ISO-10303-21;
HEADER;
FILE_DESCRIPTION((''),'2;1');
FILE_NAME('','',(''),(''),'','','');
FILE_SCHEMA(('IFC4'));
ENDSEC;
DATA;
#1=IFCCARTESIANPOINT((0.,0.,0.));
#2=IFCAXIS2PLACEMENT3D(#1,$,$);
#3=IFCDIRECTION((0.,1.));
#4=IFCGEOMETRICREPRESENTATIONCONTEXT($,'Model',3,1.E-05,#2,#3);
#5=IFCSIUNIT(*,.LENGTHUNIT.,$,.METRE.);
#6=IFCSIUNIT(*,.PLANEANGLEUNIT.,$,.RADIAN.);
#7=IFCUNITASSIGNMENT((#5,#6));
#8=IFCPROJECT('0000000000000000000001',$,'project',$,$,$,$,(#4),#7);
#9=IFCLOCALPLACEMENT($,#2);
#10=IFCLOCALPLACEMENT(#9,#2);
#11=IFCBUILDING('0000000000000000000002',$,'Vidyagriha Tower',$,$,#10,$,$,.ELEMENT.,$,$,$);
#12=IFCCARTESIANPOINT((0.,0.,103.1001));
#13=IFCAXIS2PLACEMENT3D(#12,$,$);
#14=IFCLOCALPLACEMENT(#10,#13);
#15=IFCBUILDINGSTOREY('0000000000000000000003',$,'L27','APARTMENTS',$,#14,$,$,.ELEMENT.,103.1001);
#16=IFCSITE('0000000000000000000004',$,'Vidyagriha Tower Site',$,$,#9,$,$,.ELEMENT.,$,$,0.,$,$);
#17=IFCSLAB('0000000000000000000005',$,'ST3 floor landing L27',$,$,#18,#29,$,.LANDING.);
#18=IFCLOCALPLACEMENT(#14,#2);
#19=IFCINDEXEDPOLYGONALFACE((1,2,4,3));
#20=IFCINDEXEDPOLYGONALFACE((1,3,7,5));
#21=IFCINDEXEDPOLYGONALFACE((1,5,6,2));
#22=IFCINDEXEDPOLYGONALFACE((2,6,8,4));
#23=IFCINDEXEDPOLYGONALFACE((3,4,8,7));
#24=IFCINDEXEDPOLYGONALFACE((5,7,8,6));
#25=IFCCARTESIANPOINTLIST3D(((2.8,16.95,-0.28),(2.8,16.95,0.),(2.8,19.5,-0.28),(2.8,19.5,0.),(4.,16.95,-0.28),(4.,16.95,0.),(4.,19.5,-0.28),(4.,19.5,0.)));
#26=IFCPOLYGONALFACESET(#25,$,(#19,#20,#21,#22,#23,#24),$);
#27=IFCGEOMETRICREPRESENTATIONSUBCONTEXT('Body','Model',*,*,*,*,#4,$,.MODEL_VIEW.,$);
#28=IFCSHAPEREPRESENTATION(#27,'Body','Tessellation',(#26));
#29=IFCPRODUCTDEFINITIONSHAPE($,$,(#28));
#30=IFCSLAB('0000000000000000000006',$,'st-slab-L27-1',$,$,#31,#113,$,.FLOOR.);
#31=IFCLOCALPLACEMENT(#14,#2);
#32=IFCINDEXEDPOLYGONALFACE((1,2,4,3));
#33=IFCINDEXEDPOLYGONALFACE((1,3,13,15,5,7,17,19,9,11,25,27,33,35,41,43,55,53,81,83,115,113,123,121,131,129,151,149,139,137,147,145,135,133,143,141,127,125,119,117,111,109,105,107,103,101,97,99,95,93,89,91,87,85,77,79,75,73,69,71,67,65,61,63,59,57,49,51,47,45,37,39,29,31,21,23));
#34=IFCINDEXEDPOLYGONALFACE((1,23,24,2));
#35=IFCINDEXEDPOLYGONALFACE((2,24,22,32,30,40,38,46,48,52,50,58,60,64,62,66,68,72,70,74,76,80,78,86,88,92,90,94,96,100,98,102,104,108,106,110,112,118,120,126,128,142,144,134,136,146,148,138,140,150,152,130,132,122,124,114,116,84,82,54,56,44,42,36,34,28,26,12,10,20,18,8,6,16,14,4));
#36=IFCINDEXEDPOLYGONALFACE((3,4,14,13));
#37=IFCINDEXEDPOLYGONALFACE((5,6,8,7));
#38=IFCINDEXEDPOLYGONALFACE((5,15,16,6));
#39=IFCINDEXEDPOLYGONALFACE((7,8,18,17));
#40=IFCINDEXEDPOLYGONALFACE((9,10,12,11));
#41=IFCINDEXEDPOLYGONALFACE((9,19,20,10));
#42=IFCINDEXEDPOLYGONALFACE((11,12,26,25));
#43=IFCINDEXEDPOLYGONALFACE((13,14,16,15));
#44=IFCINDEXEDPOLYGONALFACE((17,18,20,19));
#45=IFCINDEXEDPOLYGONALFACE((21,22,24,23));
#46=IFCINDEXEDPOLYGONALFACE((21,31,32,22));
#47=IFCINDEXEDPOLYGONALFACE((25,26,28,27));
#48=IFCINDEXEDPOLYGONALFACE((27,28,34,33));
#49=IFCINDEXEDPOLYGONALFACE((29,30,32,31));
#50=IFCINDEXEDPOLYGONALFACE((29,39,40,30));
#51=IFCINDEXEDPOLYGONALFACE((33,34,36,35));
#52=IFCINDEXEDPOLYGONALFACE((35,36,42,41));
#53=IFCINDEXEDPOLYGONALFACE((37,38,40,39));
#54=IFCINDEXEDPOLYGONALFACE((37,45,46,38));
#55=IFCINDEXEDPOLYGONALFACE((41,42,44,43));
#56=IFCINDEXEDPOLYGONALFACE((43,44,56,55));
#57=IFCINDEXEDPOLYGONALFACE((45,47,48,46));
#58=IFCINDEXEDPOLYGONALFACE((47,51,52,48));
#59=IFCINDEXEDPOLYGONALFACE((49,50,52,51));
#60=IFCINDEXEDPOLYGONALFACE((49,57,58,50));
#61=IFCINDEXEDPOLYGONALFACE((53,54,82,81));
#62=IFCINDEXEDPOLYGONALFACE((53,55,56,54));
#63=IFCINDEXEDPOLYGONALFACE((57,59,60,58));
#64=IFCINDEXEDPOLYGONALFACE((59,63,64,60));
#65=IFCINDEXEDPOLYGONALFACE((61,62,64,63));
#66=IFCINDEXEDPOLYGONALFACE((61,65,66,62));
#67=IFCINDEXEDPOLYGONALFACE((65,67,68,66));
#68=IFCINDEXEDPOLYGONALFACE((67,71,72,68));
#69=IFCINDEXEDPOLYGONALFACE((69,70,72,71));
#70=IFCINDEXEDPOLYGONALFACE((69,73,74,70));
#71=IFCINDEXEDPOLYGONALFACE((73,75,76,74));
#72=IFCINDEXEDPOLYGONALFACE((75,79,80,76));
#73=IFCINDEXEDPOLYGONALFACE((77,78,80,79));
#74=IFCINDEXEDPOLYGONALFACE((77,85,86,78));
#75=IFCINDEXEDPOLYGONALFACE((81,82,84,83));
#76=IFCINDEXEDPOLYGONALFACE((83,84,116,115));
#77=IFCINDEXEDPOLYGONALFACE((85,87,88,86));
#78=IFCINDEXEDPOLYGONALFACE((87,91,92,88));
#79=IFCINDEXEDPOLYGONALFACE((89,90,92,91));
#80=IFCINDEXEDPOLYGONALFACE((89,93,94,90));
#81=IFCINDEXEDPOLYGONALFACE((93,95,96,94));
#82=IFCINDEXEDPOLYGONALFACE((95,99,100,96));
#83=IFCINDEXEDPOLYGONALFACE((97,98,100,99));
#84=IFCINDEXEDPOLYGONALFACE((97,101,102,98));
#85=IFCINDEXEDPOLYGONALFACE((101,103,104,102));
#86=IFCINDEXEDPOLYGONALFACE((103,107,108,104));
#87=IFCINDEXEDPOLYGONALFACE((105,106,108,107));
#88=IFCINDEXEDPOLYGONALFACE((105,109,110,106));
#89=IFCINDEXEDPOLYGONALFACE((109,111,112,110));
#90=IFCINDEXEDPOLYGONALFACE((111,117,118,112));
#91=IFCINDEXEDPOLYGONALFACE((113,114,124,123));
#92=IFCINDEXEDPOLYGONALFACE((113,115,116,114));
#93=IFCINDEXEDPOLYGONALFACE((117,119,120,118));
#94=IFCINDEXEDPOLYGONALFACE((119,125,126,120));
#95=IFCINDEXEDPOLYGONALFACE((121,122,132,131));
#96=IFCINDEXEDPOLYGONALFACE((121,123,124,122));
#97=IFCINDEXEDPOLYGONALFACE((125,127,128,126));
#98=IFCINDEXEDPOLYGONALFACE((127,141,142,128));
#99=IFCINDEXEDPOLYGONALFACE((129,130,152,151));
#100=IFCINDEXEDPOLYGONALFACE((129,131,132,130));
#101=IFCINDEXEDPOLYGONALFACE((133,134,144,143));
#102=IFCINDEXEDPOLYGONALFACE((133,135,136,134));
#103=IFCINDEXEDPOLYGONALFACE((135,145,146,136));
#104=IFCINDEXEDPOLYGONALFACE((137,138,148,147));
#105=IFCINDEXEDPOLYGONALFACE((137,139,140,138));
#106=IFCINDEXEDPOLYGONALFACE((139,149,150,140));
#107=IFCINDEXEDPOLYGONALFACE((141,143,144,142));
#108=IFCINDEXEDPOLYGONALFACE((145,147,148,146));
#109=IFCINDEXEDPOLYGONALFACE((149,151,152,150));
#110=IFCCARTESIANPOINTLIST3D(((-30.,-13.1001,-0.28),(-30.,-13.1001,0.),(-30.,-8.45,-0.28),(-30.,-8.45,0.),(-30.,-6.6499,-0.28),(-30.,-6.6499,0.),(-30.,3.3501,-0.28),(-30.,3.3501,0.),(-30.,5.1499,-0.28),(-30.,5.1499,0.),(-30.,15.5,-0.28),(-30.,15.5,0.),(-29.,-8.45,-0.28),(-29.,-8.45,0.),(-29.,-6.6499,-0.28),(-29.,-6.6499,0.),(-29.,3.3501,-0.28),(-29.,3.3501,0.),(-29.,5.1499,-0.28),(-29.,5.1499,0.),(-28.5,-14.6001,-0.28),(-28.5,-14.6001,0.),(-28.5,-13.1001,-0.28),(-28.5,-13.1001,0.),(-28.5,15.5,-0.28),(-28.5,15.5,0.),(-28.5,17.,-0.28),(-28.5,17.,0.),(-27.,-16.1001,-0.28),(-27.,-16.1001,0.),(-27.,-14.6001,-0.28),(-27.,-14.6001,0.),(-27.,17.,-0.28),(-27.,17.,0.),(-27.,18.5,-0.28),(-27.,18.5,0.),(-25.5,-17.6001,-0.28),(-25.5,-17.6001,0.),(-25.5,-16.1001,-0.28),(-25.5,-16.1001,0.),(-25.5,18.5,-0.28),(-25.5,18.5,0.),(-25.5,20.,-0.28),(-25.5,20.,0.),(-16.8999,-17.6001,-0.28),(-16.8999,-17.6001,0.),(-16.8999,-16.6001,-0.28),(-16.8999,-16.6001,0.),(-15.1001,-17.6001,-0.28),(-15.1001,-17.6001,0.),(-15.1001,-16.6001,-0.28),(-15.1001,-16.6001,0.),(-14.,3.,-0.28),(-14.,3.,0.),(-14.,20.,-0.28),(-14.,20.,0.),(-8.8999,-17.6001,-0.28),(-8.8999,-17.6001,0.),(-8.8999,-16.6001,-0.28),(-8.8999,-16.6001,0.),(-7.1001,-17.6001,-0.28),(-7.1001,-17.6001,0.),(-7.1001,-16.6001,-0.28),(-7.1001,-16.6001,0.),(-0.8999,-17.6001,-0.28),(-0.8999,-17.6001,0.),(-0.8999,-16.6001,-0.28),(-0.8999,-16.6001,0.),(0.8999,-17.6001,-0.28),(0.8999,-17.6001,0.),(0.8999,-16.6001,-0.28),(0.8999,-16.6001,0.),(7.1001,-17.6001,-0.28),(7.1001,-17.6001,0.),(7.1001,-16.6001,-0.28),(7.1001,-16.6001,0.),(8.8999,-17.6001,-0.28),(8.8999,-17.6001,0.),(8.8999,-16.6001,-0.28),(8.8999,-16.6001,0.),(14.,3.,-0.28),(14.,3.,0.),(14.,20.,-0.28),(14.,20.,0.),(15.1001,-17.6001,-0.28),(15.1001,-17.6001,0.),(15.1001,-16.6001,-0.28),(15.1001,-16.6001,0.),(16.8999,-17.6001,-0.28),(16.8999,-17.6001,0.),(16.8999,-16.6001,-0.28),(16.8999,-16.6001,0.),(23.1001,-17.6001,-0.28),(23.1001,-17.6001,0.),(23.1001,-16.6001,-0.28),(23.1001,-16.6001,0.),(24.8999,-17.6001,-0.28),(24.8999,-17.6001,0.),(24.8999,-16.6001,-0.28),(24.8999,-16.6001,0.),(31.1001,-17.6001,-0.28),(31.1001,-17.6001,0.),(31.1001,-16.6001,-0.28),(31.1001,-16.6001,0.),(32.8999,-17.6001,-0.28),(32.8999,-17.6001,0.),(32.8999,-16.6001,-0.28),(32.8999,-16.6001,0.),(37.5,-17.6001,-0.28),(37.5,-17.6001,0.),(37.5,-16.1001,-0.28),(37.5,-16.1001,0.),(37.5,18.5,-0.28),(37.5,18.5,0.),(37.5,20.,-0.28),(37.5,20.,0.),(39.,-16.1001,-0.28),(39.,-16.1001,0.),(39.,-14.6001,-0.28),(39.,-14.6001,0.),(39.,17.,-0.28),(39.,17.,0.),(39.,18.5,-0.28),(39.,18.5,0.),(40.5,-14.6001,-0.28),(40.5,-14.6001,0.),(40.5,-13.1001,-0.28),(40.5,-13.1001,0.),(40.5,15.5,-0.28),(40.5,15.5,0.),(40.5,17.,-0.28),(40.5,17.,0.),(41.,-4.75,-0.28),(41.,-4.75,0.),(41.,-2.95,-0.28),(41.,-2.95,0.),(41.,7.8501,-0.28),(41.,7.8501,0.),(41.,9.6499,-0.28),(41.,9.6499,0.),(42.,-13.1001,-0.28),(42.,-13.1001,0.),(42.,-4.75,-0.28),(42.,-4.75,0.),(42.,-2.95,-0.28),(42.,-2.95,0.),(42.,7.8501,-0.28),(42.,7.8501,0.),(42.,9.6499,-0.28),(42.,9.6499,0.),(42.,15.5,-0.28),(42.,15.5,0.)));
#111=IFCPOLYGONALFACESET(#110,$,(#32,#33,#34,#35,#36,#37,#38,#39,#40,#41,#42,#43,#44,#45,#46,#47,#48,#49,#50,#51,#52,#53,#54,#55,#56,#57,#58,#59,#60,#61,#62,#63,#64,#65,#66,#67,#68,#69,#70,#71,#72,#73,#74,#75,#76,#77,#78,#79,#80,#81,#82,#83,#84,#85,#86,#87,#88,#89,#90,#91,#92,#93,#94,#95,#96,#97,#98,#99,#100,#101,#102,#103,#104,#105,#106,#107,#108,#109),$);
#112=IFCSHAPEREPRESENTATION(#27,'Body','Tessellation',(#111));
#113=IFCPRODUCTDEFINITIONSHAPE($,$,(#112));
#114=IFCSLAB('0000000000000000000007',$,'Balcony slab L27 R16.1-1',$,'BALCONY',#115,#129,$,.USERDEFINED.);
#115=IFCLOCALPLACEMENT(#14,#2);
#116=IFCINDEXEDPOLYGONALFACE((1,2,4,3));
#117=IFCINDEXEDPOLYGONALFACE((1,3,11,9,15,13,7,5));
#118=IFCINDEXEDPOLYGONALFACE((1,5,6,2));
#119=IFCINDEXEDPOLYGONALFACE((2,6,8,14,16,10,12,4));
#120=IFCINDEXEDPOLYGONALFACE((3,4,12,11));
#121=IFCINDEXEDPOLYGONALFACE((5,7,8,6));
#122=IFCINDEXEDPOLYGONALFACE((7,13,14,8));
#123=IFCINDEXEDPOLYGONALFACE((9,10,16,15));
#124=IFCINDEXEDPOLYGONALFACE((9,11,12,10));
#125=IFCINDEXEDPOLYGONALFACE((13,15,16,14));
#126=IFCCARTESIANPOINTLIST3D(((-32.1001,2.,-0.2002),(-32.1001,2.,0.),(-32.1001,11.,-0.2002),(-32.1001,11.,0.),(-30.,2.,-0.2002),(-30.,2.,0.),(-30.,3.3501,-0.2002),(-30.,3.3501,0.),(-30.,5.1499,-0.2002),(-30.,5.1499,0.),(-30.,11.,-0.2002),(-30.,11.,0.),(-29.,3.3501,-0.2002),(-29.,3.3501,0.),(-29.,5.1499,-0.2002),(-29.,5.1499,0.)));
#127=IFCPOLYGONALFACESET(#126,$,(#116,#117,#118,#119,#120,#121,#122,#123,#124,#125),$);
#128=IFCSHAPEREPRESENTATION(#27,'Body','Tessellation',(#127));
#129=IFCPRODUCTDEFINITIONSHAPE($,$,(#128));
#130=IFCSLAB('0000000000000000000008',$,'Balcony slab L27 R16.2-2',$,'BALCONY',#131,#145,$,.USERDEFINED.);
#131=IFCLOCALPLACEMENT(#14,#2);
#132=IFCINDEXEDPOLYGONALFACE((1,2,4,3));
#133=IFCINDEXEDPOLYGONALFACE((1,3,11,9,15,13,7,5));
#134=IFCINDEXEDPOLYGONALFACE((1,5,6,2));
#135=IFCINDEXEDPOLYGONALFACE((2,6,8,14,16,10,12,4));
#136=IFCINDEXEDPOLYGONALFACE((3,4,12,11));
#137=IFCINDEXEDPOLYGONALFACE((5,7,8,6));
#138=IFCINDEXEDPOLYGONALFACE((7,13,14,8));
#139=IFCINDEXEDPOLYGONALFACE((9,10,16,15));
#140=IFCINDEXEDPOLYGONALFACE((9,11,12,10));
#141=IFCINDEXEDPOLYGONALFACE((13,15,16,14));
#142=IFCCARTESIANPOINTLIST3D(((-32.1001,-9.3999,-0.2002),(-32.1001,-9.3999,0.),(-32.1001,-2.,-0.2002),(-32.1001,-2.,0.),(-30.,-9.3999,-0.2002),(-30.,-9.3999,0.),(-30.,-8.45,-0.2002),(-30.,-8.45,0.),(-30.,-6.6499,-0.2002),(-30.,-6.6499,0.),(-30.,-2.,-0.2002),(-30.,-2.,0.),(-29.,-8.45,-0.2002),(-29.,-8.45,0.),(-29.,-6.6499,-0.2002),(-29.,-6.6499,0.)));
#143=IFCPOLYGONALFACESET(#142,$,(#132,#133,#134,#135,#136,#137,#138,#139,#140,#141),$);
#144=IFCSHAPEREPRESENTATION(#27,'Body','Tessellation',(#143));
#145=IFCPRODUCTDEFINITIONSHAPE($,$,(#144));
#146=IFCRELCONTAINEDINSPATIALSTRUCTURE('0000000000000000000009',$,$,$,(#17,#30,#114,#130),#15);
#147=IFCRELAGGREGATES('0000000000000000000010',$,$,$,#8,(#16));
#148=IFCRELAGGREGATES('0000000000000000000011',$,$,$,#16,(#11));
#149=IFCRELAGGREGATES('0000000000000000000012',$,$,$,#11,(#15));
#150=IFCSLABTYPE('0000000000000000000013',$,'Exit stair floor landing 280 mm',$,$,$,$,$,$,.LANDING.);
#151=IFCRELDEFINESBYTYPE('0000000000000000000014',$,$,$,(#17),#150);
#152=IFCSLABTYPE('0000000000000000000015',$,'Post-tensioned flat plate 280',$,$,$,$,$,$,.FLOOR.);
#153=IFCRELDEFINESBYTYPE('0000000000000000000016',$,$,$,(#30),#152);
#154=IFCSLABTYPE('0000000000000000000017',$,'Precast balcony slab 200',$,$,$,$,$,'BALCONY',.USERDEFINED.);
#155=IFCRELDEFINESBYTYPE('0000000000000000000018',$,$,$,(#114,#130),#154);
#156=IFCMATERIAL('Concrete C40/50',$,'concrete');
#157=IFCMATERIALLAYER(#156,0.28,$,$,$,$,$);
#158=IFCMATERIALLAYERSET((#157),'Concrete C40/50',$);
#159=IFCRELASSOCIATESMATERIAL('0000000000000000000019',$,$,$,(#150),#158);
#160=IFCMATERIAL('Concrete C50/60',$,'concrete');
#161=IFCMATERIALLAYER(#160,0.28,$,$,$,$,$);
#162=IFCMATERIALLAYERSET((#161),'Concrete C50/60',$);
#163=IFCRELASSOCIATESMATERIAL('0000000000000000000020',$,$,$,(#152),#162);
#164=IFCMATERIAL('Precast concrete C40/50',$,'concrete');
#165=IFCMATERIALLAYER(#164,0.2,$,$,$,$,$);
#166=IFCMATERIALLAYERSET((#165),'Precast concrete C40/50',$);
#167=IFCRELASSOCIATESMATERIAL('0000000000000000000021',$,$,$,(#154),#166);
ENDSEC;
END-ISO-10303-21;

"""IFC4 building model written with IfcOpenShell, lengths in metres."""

from ifc_helpers import new_model, si_unit, direction, frame, origin, place, context, subcontext, project, spatial, polyline, outline, extrude, material, layer, layer_set, type_object, element, save


model = new_model("IFC4")

# Units and contexts
model_context = context("Model", 3, precision=1e-05, world=origin(), true_north=direction((0.0, 1.0)))
body_context = subcontext(model_context, "Body", "Model", "MODEL_VIEW")
ifc_project = project(units=[si_unit("LENGTHUNIT", "METRE"), si_unit("PLANEANGLEUNIT", "RADIAN")], contexts=[model_context])

# Site, building, storey
site_placement = place(None, origin())
site = spatial("IfcSite", under=ifc_project, at=site_placement, Name="Vidyagriha Tower Site", CompositionType="ELEMENT", RefElevation=0.0)
building_placement = place(site_placement, origin())
building = spatial("IfcBuilding", under=site, at=building_placement, Name="Vidyagriha Tower", CompositionType="ELEMENT")
storey_placement = place(building_placement, frame((0.0, 0.0, 103.1001)))
storey = spatial("IfcBuildingStorey", under=building, at=storey_placement, Name="L27", Description="APARTMENTS", CompositionType="ELEMENT", Elevation=103.1001)

# Slabs
ifc_material_1 = material(Name="Concrete C40/50", Category="concrete")
ifc_layer_1 = layer(ifc_material_1, 0.28)
ifc_layer_set_1 = layer_set([ifc_layer_1], Name="Concrete C40/50")
slab_type_1 = type_object("IfcSlabType", Name="Exit stair floor landing 280 mm", PredefinedType="LANDING", material=ifc_layer_set_1)
slab_1_placement = place(storey_placement, frame((0.0, 0.0, -0.28)))
element("IfcSlab", 1, at=slab_1_placement, inside=storey, type_object=slab_type_1, Name="ST3 floor landing L27", PredefinedType="LANDING", context=body_context, shape_type="SweptSolid", body=[
    extrude(outline(polyline([(2.8, 16.95), (4.0, 16.95), (4.0, 19.5), (2.8, 19.5), (2.8, 16.95)])), origin(), (0.0, 0.0, 1.0), 0.28),
])
ifc_material_2 = material(Name="Concrete C50/60", Category="concrete")
ifc_layer_2 = layer(ifc_material_2, 0.28)
ifc_layer_set_2 = layer_set([ifc_layer_2], Name="Concrete C50/60")
slab_type_2 = type_object("IfcSlabType", Name="Post-tensioned flat plate 280", PredefinedType="FLOOR", material=ifc_layer_set_2)
slab_2_placement = place(storey_placement, frame((0.0, 0.0, -0.28)))
element("IfcSlab", 2, at=slab_2_placement, inside=storey, type_object=slab_type_2, Name="st-slab-L27-1", PredefinedType="FLOOR", context=body_context, shape_type="SweptSolid", body=[
    extrude(outline(polyline([(40.5, -14.6001), (39.0, -14.6001), (39.0, -16.1001), (37.5, -16.1001), (37.5, -17.6001), (32.8999, -17.6001), (32.8999, -16.6001), (31.1001, -16.6001), (31.1001, -17.6001), (24.8999, -17.6001), (24.8999, -16.6001), (23.1001, -16.6001), (23.1001, -17.6001), (16.8999, -17.6001), (16.8999, -16.6001), (15.1001, -16.6001), (15.1001, -17.6001), (8.8999, -17.6001), (8.8999, -16.6001), (7.1001, -16.6001), (7.1001, -17.6001), (0.8999, -17.6001), (0.8999, -16.6001), (-0.8999, -16.6001), (-0.8999, -17.6001), (-7.1001, -17.6001), (-7.1001, -16.6001), (-8.8999, -16.6001), (-8.8999, -17.6001), (-15.1001, -17.6001), (-15.1001, -16.6001), (-16.8999, -16.6001), (-16.8999, -17.6001), (-25.5, -17.6001), (-25.5, -16.1001), (-27.0, -16.1001), (-27.0, -14.6001), (-28.5, -14.6001), (-28.5, -13.1001), (-30.0, -13.1001), (-30.0, -8.45), (-29.0, -8.45), (-29.0, -6.6499), (-30.0, -6.6499), (-30.0, 3.3501), (-29.0, 3.3501), (-29.0, 5.1499), (-30.0, 5.1499), (-30.0, 15.5), (-28.5, 15.5), (-28.5, 17.0), (-27.0, 17.0), (-27.0, 18.5), (-25.5, 18.5), (-25.5, 20.0), (-14.0, 20.0), (-14.0, 3.0), (14.0, 3.0), (14.0, 20.0), (37.5, 20.0), (37.5, 18.5), (39.0, 18.5), (39.0, 17.0), (40.5, 17.0), (40.5, 15.5), (42.0, 15.5), (42.0, 9.6499), (41.0, 9.6499), (41.0, 7.8501), (42.0, 7.8501), (42.0, -2.95), (41.0, -2.95), (41.0, -4.75), (42.0, -4.75), (42.0, -13.1001), (40.5, -13.1001), (40.5, -14.6001)])), origin(), (0.0, 0.0, 1.0), 0.28),
])
ifc_material_3 = material(Name="Precast concrete C40/50", Category="concrete")
ifc_layer_3 = layer(ifc_material_3, 0.2)
ifc_layer_set_3 = layer_set([ifc_layer_3], Name="Precast concrete C40/50")
slab_type_3 = type_object("IfcSlabType", Name="Precast balcony slab 200", ElementType="BALCONY", PredefinedType="USERDEFINED", material=ifc_layer_set_3)
slab_3_placement = place(storey_placement, frame((0.0, 0.0, -0.2002)))
element("IfcSlab", 3, at=slab_3_placement, inside=storey, type_object=slab_type_3, Name="Balcony slab L27 R16.1-1", ObjectType="BALCONY", PredefinedType="USERDEFINED", context=body_context, shape_type="SweptSolid", body=[
    extrude(outline(polyline([(-29.0, 3.3501), (-29.0, 5.1499), (-30.0, 5.1499), (-30.0, 11.0), (-32.1001, 11.0), (-32.1001, 2.0), (-30.0, 2.0), (-30.0, 3.3501), (-29.0, 3.3501)])), origin(), (0.0, 0.0, 1.0), 0.2002),
])
slab_4_placement = place(storey_placement, frame((0.0, 0.0, -0.2002)))
element("IfcSlab", 4, at=slab_4_placement, inside=storey, type_object=slab_type_3, Name="Balcony slab L27 R16.2-2", ObjectType="BALCONY", PredefinedType="USERDEFINED", context=body_context, shape_type="SweptSolid", body=[
    extrude(outline(polyline([(-29.0, -8.45), (-29.0, -6.6499), (-30.0, -6.6499), (-30.0, -2.0), (-32.1001, -2.0), (-32.1001, -9.3999), (-30.0, -9.3999), (-30.0, -8.45), (-29.0, -8.45)])), origin(), (0.0, 0.0, 1.0), 0.2002),
])

save(model, "model.ifc")
